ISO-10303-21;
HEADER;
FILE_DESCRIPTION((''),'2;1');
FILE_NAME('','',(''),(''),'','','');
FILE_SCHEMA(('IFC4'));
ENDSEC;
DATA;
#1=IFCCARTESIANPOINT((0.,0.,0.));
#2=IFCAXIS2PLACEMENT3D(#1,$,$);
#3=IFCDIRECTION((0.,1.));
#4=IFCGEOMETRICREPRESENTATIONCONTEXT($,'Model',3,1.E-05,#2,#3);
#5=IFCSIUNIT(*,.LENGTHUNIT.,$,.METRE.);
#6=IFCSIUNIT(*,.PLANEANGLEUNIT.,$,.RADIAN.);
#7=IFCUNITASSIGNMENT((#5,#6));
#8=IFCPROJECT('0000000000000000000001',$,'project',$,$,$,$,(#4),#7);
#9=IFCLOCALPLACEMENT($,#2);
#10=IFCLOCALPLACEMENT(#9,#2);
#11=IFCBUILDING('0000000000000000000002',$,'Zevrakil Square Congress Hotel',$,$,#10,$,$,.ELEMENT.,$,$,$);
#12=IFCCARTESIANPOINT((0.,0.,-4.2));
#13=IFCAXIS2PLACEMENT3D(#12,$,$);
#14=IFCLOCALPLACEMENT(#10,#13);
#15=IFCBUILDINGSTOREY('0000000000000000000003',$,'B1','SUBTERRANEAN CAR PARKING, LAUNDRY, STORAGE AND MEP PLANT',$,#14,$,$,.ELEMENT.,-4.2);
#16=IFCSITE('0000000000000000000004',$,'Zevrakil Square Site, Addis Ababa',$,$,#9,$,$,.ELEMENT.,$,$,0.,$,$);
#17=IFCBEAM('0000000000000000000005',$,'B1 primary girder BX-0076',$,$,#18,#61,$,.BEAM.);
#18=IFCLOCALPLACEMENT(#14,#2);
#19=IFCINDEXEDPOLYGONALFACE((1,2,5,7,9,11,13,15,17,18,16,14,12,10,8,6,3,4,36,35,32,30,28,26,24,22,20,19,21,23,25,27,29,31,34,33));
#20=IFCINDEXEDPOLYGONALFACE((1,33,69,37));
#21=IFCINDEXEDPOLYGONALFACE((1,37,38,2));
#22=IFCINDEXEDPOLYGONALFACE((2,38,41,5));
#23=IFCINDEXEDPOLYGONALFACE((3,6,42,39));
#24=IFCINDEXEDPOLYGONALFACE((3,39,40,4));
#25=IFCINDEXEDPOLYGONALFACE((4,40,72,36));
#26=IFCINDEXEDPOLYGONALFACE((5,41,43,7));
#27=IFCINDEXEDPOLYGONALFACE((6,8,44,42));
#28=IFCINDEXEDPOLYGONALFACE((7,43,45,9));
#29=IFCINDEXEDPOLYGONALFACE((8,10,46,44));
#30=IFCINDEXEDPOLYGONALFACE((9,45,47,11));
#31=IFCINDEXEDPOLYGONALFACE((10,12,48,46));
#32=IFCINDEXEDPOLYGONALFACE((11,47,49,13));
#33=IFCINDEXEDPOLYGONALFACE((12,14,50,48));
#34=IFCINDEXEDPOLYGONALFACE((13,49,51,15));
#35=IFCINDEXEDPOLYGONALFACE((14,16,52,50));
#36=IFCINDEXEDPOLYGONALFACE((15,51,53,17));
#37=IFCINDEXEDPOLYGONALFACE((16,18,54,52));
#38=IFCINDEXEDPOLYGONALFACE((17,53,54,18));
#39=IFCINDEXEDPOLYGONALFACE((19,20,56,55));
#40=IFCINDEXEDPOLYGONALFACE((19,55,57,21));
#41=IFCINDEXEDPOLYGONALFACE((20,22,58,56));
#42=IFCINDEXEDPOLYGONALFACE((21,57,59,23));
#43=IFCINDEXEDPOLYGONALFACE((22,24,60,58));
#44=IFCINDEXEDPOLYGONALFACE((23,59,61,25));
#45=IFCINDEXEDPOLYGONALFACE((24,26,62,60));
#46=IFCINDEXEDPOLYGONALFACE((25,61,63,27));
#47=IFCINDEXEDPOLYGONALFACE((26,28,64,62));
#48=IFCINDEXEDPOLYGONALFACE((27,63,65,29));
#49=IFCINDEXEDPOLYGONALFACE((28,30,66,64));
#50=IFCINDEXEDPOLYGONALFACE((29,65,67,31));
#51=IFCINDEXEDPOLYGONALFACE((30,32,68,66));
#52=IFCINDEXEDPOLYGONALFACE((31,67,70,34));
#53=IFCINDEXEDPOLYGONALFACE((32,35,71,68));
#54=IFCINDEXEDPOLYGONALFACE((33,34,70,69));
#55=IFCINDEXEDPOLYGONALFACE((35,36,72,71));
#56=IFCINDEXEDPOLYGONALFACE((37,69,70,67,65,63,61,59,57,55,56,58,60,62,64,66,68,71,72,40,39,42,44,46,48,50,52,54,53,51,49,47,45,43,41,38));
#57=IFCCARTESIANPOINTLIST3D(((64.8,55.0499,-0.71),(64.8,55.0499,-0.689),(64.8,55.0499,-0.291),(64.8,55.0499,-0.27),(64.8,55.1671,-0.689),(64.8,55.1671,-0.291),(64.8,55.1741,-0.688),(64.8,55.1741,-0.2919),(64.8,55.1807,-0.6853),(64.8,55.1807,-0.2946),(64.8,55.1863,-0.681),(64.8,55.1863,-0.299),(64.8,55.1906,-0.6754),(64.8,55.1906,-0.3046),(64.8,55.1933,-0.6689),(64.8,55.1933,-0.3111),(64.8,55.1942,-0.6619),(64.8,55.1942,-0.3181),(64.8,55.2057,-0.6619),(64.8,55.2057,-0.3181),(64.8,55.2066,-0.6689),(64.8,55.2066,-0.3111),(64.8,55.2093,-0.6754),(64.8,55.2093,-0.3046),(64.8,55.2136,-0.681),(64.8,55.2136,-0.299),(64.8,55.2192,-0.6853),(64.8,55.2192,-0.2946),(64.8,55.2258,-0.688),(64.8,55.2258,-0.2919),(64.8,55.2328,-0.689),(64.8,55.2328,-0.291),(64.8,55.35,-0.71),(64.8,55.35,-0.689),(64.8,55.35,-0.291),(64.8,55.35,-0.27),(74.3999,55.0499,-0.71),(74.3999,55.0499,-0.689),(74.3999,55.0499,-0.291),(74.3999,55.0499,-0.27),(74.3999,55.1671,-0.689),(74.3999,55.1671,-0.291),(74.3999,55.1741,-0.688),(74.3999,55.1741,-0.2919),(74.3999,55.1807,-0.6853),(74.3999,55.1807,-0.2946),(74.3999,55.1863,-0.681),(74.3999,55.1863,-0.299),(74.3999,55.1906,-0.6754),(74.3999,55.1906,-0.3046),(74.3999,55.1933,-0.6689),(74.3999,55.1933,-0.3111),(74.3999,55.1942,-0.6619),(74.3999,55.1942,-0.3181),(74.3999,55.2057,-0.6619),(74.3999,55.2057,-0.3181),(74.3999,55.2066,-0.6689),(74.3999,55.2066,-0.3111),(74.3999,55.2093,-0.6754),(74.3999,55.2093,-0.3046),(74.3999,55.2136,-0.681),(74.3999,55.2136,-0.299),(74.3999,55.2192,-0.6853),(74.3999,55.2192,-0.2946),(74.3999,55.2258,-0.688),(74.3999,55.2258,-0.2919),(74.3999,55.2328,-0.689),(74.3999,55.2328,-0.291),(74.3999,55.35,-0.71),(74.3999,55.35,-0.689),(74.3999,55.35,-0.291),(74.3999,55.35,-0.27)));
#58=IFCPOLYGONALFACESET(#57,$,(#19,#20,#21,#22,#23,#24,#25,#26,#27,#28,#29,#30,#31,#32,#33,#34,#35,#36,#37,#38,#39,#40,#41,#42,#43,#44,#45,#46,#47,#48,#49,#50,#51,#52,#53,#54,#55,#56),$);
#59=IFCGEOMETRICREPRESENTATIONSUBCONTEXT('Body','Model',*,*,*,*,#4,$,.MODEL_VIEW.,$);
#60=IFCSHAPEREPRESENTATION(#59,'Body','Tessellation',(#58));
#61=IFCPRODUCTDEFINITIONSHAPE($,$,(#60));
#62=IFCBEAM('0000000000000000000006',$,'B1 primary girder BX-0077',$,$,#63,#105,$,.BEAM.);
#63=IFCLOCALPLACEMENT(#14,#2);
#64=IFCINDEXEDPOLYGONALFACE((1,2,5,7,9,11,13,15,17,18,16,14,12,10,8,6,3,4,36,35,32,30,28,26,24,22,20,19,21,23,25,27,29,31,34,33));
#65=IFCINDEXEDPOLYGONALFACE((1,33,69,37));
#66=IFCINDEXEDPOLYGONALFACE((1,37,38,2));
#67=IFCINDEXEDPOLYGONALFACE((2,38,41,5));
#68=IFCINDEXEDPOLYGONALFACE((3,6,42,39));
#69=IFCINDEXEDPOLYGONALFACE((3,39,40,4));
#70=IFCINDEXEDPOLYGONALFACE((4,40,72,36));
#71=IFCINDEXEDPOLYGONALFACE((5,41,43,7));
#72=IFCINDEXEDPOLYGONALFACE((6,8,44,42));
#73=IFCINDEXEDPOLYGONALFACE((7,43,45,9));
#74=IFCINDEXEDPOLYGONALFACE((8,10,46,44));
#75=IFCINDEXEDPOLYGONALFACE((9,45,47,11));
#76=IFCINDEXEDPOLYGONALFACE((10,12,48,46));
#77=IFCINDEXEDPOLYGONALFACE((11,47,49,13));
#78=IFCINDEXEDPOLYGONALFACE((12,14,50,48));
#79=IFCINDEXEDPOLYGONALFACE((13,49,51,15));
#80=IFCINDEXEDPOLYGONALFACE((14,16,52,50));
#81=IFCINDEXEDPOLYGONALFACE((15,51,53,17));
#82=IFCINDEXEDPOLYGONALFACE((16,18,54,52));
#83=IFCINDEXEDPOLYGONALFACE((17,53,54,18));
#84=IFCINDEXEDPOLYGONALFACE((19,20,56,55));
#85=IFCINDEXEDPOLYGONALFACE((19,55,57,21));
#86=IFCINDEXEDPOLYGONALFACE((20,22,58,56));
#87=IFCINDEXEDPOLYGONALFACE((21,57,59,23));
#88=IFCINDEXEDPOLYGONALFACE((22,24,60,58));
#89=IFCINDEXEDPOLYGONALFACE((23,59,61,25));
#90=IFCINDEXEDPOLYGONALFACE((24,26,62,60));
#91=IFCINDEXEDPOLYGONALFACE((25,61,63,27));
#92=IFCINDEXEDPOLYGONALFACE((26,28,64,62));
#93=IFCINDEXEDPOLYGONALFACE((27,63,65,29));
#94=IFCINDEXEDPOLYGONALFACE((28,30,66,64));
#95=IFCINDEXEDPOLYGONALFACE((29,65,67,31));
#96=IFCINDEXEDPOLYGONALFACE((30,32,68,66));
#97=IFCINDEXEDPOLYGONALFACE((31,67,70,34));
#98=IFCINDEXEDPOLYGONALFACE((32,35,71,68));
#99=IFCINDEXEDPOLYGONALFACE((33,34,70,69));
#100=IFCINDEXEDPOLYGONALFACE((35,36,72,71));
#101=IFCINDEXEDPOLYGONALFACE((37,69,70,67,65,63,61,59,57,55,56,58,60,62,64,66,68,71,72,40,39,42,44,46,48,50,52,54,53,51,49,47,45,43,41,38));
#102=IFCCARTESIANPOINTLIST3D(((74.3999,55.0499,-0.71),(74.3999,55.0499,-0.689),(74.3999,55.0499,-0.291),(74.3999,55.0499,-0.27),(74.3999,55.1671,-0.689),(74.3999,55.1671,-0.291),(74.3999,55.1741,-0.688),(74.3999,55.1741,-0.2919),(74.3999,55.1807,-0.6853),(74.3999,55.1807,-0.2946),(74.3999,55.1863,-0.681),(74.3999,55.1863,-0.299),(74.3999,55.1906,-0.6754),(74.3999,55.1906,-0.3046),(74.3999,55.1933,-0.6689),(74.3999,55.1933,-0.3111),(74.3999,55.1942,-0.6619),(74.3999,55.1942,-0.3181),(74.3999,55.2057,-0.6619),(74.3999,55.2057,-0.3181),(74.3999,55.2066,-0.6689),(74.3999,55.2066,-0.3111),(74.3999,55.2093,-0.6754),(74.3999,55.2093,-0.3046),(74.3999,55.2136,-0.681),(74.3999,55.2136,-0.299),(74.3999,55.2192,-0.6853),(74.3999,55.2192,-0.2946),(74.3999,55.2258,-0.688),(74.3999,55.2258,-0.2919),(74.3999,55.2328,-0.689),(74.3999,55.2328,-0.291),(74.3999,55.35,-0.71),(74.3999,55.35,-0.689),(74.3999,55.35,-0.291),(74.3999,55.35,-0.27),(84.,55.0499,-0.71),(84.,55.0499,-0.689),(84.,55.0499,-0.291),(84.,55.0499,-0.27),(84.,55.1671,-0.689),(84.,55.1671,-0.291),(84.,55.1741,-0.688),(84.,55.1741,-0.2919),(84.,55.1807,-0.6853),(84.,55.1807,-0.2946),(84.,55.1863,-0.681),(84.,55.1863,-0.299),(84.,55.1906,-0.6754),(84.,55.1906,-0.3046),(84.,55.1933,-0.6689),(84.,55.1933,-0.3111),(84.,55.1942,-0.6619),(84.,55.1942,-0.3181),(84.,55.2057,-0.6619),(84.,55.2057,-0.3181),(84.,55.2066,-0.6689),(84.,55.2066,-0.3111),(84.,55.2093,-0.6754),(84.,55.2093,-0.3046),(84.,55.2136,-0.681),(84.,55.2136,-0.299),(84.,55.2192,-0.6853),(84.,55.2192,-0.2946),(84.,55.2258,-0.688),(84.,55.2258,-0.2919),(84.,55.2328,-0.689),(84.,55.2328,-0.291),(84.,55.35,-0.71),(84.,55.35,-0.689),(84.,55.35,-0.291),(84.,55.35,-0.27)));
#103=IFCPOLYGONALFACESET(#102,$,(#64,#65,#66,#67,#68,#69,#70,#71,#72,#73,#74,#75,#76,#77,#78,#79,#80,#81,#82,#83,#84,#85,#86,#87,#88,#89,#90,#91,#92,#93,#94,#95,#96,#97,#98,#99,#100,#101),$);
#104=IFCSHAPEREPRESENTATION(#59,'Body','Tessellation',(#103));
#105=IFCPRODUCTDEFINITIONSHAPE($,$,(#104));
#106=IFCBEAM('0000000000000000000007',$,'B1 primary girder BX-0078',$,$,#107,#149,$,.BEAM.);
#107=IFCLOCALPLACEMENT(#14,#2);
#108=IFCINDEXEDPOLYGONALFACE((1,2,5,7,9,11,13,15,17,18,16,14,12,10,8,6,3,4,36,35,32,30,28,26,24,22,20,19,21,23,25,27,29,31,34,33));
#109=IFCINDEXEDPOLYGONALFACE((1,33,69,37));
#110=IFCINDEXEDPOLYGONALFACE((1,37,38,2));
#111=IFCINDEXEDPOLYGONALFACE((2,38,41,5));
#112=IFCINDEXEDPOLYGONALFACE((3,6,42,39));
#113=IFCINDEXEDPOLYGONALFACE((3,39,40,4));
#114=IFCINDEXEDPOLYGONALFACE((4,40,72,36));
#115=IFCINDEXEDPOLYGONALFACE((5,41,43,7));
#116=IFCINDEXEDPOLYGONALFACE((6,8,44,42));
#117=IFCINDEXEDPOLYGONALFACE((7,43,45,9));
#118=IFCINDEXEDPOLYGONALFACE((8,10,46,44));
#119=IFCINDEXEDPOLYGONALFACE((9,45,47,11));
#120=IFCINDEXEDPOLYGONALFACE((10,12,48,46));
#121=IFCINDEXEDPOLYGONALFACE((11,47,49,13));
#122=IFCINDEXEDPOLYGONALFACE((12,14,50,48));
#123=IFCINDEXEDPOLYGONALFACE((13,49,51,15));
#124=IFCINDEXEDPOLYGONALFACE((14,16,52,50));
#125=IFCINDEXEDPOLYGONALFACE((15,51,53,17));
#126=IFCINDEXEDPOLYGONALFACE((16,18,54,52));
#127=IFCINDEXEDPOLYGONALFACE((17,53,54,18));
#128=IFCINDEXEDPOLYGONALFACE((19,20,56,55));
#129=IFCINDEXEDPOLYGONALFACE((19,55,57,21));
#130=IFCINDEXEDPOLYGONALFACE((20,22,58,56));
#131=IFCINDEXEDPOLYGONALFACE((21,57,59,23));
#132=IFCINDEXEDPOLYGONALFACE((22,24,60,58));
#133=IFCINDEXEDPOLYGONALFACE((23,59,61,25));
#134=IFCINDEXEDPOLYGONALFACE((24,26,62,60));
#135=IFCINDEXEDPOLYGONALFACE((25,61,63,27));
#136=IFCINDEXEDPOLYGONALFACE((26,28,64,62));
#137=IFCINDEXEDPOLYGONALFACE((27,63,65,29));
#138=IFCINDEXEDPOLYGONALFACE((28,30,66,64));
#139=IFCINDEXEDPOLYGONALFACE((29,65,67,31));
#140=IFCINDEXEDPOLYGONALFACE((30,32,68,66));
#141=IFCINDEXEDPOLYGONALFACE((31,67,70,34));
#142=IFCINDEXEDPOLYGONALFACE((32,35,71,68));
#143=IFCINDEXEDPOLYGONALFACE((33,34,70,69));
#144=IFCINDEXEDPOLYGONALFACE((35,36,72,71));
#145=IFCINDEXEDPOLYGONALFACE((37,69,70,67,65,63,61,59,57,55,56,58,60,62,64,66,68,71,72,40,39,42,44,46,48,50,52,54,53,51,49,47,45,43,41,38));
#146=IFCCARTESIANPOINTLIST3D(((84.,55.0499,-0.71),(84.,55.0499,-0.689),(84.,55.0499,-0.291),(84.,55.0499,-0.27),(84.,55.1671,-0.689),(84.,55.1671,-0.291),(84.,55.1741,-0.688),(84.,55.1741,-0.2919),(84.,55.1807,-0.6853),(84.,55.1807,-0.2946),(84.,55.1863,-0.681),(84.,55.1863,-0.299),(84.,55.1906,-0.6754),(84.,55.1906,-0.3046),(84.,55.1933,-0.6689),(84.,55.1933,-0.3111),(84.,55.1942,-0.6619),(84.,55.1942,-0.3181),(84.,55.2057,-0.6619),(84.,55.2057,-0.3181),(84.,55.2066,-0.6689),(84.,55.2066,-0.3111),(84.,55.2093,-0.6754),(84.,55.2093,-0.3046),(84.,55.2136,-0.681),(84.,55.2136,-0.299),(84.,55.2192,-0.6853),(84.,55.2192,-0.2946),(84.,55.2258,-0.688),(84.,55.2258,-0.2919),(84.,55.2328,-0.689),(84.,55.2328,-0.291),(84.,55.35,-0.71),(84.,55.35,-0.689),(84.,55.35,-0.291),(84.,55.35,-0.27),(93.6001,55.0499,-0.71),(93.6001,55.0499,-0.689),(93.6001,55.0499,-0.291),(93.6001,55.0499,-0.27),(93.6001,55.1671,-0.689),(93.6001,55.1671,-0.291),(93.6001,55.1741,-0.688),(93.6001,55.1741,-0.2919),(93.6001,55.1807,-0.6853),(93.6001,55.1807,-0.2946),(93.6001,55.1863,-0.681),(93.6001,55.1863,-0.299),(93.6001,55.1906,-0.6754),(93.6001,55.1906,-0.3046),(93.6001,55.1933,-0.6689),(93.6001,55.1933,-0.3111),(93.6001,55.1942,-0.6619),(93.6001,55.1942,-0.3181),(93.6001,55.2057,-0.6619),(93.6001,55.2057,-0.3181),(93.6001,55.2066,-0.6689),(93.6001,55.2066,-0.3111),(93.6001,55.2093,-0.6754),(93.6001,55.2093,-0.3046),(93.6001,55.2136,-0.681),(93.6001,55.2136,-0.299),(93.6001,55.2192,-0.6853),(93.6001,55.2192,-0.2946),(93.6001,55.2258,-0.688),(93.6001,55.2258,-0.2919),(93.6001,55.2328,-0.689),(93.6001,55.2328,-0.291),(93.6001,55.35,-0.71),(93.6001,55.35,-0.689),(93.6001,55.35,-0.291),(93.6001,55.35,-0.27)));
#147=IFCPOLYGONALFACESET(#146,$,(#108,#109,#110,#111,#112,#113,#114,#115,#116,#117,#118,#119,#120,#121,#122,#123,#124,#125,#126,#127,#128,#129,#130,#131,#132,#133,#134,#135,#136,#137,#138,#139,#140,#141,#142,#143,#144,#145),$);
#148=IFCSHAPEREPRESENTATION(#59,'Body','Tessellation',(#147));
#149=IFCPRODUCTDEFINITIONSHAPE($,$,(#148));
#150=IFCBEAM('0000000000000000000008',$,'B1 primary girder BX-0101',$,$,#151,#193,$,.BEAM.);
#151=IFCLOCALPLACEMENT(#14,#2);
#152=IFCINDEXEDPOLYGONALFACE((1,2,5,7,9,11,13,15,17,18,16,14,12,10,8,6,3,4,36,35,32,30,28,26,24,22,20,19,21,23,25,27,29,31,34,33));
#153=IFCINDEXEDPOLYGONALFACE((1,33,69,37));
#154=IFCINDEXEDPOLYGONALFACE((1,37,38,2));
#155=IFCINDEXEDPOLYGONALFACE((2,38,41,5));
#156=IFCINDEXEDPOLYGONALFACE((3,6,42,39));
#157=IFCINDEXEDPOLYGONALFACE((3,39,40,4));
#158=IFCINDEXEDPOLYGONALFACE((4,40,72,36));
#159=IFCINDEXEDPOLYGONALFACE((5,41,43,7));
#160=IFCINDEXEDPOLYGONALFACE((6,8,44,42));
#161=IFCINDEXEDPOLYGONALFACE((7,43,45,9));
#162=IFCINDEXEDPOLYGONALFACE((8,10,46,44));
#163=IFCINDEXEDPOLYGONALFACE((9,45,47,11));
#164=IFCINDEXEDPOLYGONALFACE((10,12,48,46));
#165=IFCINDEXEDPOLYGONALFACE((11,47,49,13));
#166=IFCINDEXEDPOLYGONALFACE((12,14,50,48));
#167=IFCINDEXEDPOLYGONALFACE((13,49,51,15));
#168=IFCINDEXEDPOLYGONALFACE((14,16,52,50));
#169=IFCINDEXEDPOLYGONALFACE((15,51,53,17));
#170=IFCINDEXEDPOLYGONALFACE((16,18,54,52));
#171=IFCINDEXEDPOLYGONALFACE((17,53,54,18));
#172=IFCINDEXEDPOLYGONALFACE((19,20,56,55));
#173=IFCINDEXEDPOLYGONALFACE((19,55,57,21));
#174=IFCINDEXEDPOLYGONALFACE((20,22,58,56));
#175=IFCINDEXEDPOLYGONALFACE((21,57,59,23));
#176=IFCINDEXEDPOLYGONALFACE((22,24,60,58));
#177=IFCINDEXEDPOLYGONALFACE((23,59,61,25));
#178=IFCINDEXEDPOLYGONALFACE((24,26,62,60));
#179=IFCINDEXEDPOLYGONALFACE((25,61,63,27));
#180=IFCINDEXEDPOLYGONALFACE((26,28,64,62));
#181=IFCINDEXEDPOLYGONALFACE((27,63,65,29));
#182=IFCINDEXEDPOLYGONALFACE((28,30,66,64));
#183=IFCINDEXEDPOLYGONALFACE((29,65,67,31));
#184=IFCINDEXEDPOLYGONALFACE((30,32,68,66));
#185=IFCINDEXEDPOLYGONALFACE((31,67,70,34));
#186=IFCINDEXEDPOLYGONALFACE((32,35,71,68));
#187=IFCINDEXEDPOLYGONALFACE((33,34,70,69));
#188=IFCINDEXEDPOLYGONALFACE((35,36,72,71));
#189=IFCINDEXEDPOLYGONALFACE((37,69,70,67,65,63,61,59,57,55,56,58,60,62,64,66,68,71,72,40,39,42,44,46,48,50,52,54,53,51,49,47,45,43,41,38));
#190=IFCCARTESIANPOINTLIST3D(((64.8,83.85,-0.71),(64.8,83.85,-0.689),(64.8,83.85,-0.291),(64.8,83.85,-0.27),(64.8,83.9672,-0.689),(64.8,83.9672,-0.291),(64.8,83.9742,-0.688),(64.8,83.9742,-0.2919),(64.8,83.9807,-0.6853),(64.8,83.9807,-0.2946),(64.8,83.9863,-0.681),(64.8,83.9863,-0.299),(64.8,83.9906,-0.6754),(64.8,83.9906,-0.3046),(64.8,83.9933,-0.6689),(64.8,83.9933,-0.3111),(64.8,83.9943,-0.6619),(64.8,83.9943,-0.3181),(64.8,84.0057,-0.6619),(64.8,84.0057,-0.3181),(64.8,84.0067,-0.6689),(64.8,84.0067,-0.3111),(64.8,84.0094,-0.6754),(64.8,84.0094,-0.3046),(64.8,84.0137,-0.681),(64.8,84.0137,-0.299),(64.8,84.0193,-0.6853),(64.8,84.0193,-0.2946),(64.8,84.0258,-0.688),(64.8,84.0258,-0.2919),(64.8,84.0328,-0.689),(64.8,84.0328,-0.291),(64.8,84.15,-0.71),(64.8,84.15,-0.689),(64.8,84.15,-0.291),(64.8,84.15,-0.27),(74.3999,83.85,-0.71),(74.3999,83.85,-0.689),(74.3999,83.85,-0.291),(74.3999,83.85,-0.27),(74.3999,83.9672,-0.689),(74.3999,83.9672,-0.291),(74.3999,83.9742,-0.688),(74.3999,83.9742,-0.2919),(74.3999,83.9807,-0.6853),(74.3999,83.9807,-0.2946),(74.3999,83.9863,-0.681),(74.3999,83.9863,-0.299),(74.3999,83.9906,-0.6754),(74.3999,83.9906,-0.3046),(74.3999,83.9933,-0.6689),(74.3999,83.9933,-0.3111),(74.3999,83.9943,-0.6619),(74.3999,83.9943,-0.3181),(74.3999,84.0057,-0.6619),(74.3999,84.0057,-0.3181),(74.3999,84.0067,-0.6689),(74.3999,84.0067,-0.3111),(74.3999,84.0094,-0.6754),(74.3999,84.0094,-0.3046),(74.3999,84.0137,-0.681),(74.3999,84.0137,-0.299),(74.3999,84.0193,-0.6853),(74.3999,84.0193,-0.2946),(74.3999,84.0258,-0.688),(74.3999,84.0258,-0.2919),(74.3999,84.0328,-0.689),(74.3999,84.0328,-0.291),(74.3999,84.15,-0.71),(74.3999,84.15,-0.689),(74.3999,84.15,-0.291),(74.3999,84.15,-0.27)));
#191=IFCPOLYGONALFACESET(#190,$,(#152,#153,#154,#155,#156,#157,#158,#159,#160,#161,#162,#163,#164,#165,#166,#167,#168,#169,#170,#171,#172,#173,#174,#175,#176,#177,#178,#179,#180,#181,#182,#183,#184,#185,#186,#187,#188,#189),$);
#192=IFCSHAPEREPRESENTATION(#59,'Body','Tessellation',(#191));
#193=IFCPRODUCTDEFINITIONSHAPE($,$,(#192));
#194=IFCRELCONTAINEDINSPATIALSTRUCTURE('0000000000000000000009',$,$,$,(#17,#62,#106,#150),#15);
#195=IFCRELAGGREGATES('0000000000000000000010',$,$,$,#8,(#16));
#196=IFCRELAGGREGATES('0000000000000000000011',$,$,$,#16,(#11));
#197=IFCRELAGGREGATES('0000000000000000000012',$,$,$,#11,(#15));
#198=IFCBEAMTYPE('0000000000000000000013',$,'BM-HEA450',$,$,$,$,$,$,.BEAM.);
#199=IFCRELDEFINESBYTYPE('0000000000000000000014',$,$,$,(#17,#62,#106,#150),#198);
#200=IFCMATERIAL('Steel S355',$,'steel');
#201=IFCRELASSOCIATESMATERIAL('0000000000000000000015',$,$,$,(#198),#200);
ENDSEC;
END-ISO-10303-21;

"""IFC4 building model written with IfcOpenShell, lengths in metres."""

from ifc_helpers import new_model, si_unit, direction, frame, origin, origin_2d, place, context, subcontext, project, spatial, i_section, extrude, material, material_profile, profile_set, type_object, element, save


model = new_model("IFC4")

# Units and contexts
model_context = context("Model", 3, precision=1e-05, world=origin(), true_north=direction((0.0, 1.0)))
body_context = subcontext(model_context, "Body", "Model", "MODEL_VIEW")
ifc_project = project(units=[si_unit("LENGTHUNIT", "METRE"), si_unit("PLANEANGLEUNIT", "RADIAN")], contexts=[model_context])

# Site, building, storey
site_placement = place(None, origin())
site = spatial("IfcSite", under=ifc_project, at=site_placement, Name="Zevrakil Square Site, Addis Ababa", CompositionType="ELEMENT", RefElevation=0.0)
building_placement = place(site_placement, origin())
building = spatial("IfcBuilding", under=site, at=building_placement, Name="Zevrakil Square Congress Hotel", CompositionType="ELEMENT")
storey_placement = place(building_placement, frame((0.0, 0.0, -4.2)))
storey = spatial("IfcBuildingStorey", under=building, at=storey_placement, Name="B1", Description="SUBTERRANEAN CAR PARKING, LAUNDRY, STORAGE AND MEP PLANT", CompositionType="ELEMENT", Elevation=-4.2)

# Beams
ifc_material_1 = material(Name="Steel S355", Category="steel")
ifc_material_profile_1 = material_profile(ifc_material_1, i_section(OverallWidth=0.3, OverallDepth=0.4399, WebThickness=0.0115, FlangeThickness=0.021, FilletRadius=0.0271, at=origin_2d()), Name="HEA 450")
ifc_profile_set_1 = profile_set([ifc_material_profile_1], Name="Steel S355")
beam_type_1 = type_object("IfcBeamType", Name="BM-HEA450", PredefinedType="BEAM", material=ifc_profile_set_1)
beam_1_placement = place(storey_placement, frame((64.8, 55.2, -0.49), z_axis=(1.0, 0.0, 0.0), x_axis=(0.0, 1.0, 0.0)))
element("IfcBeam", 1, at=beam_1_placement, inside=storey, type_object=beam_type_1, Name="B1 primary girder BX-0076", PredefinedType="BEAM", context=body_context, shape_type="SweptSolid", body=[
    extrude(i_section(OverallWidth=0.3, OverallDepth=0.4399, WebThickness=0.0115, FlangeThickness=0.021, FilletRadius=0.0271, at=origin_2d()), origin(), (0.0, 0.0, 1.0), 9.5999),
])
for number, where, z_axis, x_axis, name in (
    (2, (74.3999, 55.2, -0.49), (1.0, 0.0, 0.0), (0.0, 1.0, 0.0), "B1 primary girder BX-0077"),
    (3, (84.0, 55.2, -0.49), (1.0, 0.0, 0.0), (0.0, 1.0, 0.0), "B1 primary girder BX-0078"),
):
    element("IfcBeam", number, at=place(storey_placement, frame(where, z_axis=z_axis, x_axis=x_axis)), inside=storey, type_object=beam_type_1, Name=name, PredefinedType="BEAM", context=body_context, shape_type="SweptSolid", body=[
        extrude(i_section(OverallWidth=0.3, OverallDepth=0.4399, WebThickness=0.0115, FlangeThickness=0.021, FilletRadius=0.0271, at=origin_2d()), origin(), (0.0, 0.0, 1.0), 9.6001),
    ])
beam_2_placement = place(storey_placement, frame((64.8, 84.0, -0.49), z_axis=(1.0, 0.0, 0.0), x_axis=(0.0, 1.0, 0.0)))
element("IfcBeam", 4, at=beam_2_placement, inside=storey, type_object=beam_type_1, Name="B1 primary girder BX-0101", PredefinedType="BEAM", context=body_context, shape_type="SweptSolid", body=[
    extrude(i_section(OverallWidth=0.3, OverallDepth=0.4399, WebThickness=0.0115, FlangeThickness=0.021, FilletRadius=0.0271, at=origin_2d()), origin(), (0.0, 0.0, 1.0), 9.5999),
])

save(model, "model.ifc")
